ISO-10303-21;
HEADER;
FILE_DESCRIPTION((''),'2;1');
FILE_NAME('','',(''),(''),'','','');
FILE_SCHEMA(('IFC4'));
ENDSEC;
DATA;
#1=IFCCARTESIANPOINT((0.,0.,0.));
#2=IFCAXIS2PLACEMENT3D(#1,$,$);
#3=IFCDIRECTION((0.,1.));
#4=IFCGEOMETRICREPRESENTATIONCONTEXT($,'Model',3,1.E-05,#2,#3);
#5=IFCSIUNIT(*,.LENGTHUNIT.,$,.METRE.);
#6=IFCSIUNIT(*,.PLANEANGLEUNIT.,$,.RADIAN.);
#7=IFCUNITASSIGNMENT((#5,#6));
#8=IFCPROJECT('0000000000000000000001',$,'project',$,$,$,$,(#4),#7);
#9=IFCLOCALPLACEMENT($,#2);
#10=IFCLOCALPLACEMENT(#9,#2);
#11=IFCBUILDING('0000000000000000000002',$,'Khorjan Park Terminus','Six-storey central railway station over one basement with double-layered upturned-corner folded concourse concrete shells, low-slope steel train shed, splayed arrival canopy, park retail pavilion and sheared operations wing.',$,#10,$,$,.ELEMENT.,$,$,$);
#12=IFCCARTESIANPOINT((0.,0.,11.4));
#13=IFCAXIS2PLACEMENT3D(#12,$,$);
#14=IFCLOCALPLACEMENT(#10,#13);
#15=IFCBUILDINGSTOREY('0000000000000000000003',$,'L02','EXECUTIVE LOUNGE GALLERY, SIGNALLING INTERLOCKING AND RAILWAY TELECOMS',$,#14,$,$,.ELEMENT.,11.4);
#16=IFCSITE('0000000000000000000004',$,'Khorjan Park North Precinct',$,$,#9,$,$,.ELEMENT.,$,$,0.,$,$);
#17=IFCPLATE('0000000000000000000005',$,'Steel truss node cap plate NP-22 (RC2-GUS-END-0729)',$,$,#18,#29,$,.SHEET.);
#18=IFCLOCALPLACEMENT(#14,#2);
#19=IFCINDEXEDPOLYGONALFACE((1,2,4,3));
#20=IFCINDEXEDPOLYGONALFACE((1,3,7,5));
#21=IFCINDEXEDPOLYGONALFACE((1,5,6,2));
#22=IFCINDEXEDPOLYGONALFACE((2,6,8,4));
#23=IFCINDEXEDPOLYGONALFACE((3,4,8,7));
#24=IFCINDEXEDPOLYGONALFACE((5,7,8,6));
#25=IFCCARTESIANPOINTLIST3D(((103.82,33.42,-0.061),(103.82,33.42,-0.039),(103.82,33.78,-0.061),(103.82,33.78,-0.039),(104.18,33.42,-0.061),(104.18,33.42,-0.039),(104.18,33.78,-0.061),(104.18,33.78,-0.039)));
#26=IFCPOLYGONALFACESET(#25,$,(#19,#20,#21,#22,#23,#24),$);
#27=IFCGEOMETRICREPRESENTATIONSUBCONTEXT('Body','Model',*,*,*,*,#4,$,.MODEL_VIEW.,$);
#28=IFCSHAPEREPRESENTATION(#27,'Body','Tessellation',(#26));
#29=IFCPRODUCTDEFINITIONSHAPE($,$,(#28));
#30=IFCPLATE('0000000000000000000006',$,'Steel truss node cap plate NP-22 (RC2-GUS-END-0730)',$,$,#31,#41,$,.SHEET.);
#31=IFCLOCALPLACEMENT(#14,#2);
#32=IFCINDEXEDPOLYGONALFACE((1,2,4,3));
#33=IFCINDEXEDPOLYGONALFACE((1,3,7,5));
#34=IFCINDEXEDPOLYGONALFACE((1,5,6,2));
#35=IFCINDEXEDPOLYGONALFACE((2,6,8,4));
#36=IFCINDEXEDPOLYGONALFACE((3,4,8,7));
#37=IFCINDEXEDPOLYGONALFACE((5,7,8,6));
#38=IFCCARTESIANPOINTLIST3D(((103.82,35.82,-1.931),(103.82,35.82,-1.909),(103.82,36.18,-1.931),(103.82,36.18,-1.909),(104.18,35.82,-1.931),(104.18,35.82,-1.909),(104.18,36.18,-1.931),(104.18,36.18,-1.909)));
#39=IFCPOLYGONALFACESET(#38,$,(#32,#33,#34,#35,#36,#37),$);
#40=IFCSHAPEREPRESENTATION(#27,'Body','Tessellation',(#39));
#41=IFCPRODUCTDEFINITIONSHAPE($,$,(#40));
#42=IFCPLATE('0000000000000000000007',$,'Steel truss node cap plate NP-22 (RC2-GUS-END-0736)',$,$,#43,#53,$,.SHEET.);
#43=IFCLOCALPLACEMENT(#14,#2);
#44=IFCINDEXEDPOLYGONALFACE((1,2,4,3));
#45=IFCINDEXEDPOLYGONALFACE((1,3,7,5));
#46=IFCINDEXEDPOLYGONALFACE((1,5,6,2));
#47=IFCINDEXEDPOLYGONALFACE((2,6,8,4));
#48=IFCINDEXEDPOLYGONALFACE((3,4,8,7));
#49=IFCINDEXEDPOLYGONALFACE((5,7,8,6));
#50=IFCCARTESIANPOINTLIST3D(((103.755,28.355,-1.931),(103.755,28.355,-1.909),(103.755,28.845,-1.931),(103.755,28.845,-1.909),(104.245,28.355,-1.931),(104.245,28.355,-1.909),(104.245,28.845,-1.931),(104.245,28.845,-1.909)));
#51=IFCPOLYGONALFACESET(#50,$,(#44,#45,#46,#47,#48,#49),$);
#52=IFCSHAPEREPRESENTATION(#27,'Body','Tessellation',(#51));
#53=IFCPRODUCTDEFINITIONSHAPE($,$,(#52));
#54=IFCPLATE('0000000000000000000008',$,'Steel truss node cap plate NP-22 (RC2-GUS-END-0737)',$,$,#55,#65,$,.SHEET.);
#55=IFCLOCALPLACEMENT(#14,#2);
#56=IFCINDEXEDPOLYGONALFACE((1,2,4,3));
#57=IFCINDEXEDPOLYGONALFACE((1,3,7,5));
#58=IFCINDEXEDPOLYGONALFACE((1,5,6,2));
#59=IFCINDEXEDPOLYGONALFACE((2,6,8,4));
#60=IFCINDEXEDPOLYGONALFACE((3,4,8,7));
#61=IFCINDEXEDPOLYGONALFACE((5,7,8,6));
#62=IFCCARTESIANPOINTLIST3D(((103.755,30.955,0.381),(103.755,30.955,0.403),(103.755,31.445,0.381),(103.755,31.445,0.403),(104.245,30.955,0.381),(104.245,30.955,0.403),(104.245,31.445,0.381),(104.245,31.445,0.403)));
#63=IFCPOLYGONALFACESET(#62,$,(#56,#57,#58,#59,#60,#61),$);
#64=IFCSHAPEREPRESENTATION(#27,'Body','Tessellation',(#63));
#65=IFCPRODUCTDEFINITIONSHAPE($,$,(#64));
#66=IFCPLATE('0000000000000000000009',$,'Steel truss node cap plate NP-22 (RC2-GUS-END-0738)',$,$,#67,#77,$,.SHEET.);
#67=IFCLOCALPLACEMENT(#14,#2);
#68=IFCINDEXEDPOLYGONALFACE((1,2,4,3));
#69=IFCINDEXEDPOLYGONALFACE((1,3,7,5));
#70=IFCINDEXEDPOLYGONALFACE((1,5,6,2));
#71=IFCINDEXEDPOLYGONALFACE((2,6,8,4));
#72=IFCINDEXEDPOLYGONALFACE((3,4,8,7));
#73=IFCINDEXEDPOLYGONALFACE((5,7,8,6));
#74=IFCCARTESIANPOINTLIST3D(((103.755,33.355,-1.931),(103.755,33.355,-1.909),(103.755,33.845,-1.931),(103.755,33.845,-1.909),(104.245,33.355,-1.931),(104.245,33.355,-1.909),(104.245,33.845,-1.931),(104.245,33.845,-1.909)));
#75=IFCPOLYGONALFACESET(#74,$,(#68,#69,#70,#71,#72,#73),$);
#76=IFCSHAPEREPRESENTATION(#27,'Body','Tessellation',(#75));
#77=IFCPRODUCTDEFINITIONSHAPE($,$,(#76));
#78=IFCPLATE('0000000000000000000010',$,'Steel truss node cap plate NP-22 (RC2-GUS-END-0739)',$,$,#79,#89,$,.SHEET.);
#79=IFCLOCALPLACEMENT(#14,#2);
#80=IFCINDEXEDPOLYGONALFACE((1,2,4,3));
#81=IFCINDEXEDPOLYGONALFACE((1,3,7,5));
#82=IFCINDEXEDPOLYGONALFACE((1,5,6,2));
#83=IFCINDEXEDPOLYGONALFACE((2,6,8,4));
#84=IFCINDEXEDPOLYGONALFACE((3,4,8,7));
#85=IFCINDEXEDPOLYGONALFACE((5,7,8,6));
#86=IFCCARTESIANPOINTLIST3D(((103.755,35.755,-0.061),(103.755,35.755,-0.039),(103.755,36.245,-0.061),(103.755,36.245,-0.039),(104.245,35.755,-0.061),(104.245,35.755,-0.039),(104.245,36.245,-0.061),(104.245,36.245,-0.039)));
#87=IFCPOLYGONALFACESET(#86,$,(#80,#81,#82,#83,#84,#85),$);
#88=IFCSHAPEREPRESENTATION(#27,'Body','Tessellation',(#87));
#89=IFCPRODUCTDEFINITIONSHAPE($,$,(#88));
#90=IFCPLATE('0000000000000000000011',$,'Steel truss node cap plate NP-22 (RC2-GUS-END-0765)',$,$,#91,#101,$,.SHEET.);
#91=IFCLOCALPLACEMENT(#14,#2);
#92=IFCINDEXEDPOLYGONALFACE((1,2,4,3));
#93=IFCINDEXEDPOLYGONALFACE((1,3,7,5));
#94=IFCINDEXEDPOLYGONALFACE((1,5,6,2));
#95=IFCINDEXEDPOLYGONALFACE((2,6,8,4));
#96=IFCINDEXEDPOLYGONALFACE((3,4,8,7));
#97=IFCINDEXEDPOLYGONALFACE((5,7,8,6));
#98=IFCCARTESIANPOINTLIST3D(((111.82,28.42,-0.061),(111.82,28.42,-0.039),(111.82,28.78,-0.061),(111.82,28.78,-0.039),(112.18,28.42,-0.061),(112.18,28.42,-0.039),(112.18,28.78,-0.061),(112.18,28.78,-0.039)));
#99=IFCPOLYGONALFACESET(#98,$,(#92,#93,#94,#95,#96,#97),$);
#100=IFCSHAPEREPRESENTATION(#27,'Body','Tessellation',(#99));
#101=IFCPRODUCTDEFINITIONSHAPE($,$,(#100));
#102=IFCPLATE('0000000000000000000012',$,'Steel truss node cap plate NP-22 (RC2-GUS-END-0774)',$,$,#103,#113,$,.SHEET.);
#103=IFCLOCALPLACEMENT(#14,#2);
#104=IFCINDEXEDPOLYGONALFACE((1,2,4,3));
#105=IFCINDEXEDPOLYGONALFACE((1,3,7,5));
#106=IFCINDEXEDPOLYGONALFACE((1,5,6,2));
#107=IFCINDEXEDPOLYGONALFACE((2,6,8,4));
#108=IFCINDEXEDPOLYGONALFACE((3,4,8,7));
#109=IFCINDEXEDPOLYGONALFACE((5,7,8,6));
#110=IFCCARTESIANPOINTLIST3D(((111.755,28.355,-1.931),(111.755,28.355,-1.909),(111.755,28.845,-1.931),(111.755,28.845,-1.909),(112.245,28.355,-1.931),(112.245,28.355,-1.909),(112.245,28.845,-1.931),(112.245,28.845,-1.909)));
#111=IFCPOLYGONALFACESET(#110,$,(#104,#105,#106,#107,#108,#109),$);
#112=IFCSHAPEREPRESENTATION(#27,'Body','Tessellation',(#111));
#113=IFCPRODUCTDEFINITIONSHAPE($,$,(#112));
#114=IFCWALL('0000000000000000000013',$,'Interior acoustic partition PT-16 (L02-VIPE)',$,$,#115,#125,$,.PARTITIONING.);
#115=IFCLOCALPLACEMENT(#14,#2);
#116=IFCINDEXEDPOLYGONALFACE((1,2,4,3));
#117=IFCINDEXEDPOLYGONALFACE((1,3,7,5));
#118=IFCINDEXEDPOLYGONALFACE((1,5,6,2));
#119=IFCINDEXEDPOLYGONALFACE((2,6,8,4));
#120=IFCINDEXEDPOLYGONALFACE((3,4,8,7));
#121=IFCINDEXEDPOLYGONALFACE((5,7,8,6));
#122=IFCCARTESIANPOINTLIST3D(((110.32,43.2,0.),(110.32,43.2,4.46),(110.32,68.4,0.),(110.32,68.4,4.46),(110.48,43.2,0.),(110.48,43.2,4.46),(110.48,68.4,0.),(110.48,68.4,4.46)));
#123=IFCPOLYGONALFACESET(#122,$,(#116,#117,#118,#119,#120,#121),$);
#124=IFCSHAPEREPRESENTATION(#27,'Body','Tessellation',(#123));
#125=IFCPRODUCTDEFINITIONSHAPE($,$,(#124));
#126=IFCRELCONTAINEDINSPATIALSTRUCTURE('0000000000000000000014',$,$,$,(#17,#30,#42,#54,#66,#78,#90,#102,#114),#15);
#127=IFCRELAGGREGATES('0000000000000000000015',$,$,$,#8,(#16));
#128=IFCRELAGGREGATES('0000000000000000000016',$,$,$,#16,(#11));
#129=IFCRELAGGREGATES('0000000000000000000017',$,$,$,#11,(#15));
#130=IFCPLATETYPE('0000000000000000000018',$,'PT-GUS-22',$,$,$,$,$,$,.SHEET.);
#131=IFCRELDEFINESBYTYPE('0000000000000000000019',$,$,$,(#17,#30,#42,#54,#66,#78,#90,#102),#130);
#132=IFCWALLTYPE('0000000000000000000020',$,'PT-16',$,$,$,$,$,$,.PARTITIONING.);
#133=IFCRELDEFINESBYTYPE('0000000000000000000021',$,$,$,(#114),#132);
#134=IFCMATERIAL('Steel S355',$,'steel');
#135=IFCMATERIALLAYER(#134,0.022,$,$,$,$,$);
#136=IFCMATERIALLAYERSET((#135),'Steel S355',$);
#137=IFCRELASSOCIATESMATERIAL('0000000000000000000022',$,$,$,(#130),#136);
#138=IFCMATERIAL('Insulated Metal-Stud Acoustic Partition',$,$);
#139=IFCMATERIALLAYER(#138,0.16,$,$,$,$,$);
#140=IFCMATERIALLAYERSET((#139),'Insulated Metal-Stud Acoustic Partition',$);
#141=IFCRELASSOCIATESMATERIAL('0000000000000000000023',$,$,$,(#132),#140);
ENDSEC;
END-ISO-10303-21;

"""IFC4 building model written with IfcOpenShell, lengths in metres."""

from ifc_helpers import new_model, si_unit, direction, frame, frame_2d, origin, origin_2d, place, context, subcontext, project, spatial, rectangle, extrude, material, layer, layer_set, type_object, element, save


model = new_model("IFC4")

# Units and contexts
model_context = context("Model", 3, precision=1e-05, world=origin(), true_north=direction((0.0, 1.0)))
body_context = subcontext(model_context, "Body", "Model", "MODEL_VIEW")
ifc_project = project(units=[si_unit("LENGTHUNIT", "METRE"), si_unit("PLANEANGLEUNIT", "RADIAN")], contexts=[model_context])

# Site, building, storey
site_placement = place(None, origin())
site = spatial("IfcSite", under=ifc_project, at=site_placement, Name="Khorjan Park North Precinct", CompositionType="ELEMENT", RefElevation=0.0)
building_placement = place(site_placement, origin())
building = spatial("IfcBuilding", under=site, at=building_placement, Name="Khorjan Park Terminus", Description="Six-storey central railway station over one basement with double-layered upturned-corner folded concourse concrete shells, low-slope steel train shed, splayed arrival canopy, park retail pavilion and sheared operations wing.", CompositionType="ELEMENT")
storey_placement = place(building_placement, frame((0.0, 0.0, 11.4)))
storey = spatial("IfcBuildingStorey", under=building, at=storey_placement, Name="L02", Description="EXECUTIVE LOUNGE GALLERY, SIGNALLING INTERLOCKING AND RAILWAY TELECOMS", CompositionType="ELEMENT", Elevation=11.4)

# Shared definitions
ifc_material_1 = material(Name="Steel S355", Category="steel")

# Plates
ifc_layer_1 = layer(ifc_material_1, 0.022)
ifc_layer_set_1 = layer_set([ifc_layer_1], Name="Steel S355")
plate_type_1 = type_object("IfcPlateType", Name="PT-GUS-22", PredefinedType="SHEET", material=ifc_layer_set_1)
for number, where, z_axis, x_axis, name in (
    (1, (104.0, 33.6, -0.061), (0.0, 0.0, 1.0), (1.0, 0.0, 0.0), "Steel truss node cap plate NP-22 (RC2-GUS-END-0729)"),
    (2, (104.0, 36.0, -1.931), (0.0, 0.0, 1.0), (1.0, 0.0, 0.0), "Steel truss node cap plate NP-22 (RC2-GUS-END-0730)"),
):
    element("IfcPlate", number, at=place(storey_placement, frame(where, z_axis=z_axis, x_axis=x_axis)), inside=storey, type_object=plate_type_1, Name=name, PredefinedType="SHEET", context=body_context, shape_type="SweptSolid", body=[
        extrude(rectangle(XDim=0.36, YDim=0.36, at=origin_2d()), origin(), (0.0, 0.0, 1.0), 0.022),
    ])
for number, where, z_axis, x_axis, name in (
    (3, (104.0, 28.6, -1.931), (0.0, 0.0, 1.0), (1.0, 0.0, 0.0), "Steel truss node cap plate NP-22 (RC2-GUS-END-0736)"),
    (4, (104.0, 31.2, 0.381), (0.0, 0.0, 1.0), (1.0, 0.0, 0.0), "Steel truss node cap plate NP-22 (RC2-GUS-END-0737)"),
    (5, (104.0, 33.6, -1.931), (0.0, 0.0, 1.0), (1.0, 0.0, 0.0), "Steel truss node cap plate NP-22 (RC2-GUS-END-0738)"),
    (6, (104.0, 36.0, -0.061), (0.0, 0.0, 1.0), (1.0, 0.0, 0.0), "Steel truss node cap plate NP-22 (RC2-GUS-END-0739)"),
):
    element("IfcPlate", number, at=place(storey_placement, frame(where, z_axis=z_axis, x_axis=x_axis)), inside=storey, type_object=plate_type_1, Name=name, PredefinedType="SHEET", context=body_context, shape_type="SweptSolid", body=[
        extrude(rectangle(XDim=0.49, YDim=0.49, at=origin_2d()), origin(), (0.0, 0.0, 1.0), 0.022),
    ])
plate_1_placement = place(storey_placement, frame((112.0, 28.6, -0.061), z_axis=(0.0, 0.0, 1.0), x_axis=(1.0, 0.0, 0.0)))
element("IfcPlate", 7, at=plate_1_placement, inside=storey, type_object=plate_type_1, Name="Steel truss node cap plate NP-22 (RC2-GUS-END-0765)", PredefinedType="SHEET", context=body_context, shape_type="SweptSolid", body=[
    extrude(rectangle(XDim=0.36, YDim=0.36, at=origin_2d()), origin(), (0.0, 0.0, 1.0), 0.022),
])
plate_2_placement = place(storey_placement, frame((112.0, 28.6, -1.931), z_axis=(0.0, 0.0, 1.0), x_axis=(1.0, 0.0, 0.0)))
element("IfcPlate", 8, at=plate_2_placement, inside=storey, type_object=plate_type_1, Name="Steel truss node cap plate NP-22 (RC2-GUS-END-0774)", PredefinedType="SHEET", context=body_context, shape_type="SweptSolid", body=[
    extrude(rectangle(XDim=0.49, YDim=0.49, at=origin_2d()), origin(), (0.0, 0.0, 1.0), 0.022),
])

# Wall
ifc_material_2 = material(Name="Insulated Metal-Stud Acoustic Partition")
ifc_layer_2 = layer(ifc_material_2, 0.16)
ifc_layer_set_2 = layer_set([ifc_layer_2], Name="Insulated Metal-Stud Acoustic Partition")
wall_type = type_object("IfcWallType", Name="PT-16", PredefinedType="PARTITIONING", material=ifc_layer_set_2)
wall_placement = place(storey_placement, frame((110.4, 43.2, 0.0), z_axis=(0.0, 0.0, 1.0), x_axis=(0.0, 1.0, 0.0)))
element("IfcWall", 9, at=wall_placement, inside=storey, type_object=wall_type, Name="Interior acoustic partition PT-16 (L02-VIPE)", PredefinedType="PARTITIONING", context=body_context, shape_type="SweptSolid", body=[
    extrude(rectangle(XDim=25.2, YDim=0.16, at=frame_2d((12.6, 0.0))), origin(), (0.0, 0.0, 1.0), 4.46),
])

save(model, "model.ifc")
